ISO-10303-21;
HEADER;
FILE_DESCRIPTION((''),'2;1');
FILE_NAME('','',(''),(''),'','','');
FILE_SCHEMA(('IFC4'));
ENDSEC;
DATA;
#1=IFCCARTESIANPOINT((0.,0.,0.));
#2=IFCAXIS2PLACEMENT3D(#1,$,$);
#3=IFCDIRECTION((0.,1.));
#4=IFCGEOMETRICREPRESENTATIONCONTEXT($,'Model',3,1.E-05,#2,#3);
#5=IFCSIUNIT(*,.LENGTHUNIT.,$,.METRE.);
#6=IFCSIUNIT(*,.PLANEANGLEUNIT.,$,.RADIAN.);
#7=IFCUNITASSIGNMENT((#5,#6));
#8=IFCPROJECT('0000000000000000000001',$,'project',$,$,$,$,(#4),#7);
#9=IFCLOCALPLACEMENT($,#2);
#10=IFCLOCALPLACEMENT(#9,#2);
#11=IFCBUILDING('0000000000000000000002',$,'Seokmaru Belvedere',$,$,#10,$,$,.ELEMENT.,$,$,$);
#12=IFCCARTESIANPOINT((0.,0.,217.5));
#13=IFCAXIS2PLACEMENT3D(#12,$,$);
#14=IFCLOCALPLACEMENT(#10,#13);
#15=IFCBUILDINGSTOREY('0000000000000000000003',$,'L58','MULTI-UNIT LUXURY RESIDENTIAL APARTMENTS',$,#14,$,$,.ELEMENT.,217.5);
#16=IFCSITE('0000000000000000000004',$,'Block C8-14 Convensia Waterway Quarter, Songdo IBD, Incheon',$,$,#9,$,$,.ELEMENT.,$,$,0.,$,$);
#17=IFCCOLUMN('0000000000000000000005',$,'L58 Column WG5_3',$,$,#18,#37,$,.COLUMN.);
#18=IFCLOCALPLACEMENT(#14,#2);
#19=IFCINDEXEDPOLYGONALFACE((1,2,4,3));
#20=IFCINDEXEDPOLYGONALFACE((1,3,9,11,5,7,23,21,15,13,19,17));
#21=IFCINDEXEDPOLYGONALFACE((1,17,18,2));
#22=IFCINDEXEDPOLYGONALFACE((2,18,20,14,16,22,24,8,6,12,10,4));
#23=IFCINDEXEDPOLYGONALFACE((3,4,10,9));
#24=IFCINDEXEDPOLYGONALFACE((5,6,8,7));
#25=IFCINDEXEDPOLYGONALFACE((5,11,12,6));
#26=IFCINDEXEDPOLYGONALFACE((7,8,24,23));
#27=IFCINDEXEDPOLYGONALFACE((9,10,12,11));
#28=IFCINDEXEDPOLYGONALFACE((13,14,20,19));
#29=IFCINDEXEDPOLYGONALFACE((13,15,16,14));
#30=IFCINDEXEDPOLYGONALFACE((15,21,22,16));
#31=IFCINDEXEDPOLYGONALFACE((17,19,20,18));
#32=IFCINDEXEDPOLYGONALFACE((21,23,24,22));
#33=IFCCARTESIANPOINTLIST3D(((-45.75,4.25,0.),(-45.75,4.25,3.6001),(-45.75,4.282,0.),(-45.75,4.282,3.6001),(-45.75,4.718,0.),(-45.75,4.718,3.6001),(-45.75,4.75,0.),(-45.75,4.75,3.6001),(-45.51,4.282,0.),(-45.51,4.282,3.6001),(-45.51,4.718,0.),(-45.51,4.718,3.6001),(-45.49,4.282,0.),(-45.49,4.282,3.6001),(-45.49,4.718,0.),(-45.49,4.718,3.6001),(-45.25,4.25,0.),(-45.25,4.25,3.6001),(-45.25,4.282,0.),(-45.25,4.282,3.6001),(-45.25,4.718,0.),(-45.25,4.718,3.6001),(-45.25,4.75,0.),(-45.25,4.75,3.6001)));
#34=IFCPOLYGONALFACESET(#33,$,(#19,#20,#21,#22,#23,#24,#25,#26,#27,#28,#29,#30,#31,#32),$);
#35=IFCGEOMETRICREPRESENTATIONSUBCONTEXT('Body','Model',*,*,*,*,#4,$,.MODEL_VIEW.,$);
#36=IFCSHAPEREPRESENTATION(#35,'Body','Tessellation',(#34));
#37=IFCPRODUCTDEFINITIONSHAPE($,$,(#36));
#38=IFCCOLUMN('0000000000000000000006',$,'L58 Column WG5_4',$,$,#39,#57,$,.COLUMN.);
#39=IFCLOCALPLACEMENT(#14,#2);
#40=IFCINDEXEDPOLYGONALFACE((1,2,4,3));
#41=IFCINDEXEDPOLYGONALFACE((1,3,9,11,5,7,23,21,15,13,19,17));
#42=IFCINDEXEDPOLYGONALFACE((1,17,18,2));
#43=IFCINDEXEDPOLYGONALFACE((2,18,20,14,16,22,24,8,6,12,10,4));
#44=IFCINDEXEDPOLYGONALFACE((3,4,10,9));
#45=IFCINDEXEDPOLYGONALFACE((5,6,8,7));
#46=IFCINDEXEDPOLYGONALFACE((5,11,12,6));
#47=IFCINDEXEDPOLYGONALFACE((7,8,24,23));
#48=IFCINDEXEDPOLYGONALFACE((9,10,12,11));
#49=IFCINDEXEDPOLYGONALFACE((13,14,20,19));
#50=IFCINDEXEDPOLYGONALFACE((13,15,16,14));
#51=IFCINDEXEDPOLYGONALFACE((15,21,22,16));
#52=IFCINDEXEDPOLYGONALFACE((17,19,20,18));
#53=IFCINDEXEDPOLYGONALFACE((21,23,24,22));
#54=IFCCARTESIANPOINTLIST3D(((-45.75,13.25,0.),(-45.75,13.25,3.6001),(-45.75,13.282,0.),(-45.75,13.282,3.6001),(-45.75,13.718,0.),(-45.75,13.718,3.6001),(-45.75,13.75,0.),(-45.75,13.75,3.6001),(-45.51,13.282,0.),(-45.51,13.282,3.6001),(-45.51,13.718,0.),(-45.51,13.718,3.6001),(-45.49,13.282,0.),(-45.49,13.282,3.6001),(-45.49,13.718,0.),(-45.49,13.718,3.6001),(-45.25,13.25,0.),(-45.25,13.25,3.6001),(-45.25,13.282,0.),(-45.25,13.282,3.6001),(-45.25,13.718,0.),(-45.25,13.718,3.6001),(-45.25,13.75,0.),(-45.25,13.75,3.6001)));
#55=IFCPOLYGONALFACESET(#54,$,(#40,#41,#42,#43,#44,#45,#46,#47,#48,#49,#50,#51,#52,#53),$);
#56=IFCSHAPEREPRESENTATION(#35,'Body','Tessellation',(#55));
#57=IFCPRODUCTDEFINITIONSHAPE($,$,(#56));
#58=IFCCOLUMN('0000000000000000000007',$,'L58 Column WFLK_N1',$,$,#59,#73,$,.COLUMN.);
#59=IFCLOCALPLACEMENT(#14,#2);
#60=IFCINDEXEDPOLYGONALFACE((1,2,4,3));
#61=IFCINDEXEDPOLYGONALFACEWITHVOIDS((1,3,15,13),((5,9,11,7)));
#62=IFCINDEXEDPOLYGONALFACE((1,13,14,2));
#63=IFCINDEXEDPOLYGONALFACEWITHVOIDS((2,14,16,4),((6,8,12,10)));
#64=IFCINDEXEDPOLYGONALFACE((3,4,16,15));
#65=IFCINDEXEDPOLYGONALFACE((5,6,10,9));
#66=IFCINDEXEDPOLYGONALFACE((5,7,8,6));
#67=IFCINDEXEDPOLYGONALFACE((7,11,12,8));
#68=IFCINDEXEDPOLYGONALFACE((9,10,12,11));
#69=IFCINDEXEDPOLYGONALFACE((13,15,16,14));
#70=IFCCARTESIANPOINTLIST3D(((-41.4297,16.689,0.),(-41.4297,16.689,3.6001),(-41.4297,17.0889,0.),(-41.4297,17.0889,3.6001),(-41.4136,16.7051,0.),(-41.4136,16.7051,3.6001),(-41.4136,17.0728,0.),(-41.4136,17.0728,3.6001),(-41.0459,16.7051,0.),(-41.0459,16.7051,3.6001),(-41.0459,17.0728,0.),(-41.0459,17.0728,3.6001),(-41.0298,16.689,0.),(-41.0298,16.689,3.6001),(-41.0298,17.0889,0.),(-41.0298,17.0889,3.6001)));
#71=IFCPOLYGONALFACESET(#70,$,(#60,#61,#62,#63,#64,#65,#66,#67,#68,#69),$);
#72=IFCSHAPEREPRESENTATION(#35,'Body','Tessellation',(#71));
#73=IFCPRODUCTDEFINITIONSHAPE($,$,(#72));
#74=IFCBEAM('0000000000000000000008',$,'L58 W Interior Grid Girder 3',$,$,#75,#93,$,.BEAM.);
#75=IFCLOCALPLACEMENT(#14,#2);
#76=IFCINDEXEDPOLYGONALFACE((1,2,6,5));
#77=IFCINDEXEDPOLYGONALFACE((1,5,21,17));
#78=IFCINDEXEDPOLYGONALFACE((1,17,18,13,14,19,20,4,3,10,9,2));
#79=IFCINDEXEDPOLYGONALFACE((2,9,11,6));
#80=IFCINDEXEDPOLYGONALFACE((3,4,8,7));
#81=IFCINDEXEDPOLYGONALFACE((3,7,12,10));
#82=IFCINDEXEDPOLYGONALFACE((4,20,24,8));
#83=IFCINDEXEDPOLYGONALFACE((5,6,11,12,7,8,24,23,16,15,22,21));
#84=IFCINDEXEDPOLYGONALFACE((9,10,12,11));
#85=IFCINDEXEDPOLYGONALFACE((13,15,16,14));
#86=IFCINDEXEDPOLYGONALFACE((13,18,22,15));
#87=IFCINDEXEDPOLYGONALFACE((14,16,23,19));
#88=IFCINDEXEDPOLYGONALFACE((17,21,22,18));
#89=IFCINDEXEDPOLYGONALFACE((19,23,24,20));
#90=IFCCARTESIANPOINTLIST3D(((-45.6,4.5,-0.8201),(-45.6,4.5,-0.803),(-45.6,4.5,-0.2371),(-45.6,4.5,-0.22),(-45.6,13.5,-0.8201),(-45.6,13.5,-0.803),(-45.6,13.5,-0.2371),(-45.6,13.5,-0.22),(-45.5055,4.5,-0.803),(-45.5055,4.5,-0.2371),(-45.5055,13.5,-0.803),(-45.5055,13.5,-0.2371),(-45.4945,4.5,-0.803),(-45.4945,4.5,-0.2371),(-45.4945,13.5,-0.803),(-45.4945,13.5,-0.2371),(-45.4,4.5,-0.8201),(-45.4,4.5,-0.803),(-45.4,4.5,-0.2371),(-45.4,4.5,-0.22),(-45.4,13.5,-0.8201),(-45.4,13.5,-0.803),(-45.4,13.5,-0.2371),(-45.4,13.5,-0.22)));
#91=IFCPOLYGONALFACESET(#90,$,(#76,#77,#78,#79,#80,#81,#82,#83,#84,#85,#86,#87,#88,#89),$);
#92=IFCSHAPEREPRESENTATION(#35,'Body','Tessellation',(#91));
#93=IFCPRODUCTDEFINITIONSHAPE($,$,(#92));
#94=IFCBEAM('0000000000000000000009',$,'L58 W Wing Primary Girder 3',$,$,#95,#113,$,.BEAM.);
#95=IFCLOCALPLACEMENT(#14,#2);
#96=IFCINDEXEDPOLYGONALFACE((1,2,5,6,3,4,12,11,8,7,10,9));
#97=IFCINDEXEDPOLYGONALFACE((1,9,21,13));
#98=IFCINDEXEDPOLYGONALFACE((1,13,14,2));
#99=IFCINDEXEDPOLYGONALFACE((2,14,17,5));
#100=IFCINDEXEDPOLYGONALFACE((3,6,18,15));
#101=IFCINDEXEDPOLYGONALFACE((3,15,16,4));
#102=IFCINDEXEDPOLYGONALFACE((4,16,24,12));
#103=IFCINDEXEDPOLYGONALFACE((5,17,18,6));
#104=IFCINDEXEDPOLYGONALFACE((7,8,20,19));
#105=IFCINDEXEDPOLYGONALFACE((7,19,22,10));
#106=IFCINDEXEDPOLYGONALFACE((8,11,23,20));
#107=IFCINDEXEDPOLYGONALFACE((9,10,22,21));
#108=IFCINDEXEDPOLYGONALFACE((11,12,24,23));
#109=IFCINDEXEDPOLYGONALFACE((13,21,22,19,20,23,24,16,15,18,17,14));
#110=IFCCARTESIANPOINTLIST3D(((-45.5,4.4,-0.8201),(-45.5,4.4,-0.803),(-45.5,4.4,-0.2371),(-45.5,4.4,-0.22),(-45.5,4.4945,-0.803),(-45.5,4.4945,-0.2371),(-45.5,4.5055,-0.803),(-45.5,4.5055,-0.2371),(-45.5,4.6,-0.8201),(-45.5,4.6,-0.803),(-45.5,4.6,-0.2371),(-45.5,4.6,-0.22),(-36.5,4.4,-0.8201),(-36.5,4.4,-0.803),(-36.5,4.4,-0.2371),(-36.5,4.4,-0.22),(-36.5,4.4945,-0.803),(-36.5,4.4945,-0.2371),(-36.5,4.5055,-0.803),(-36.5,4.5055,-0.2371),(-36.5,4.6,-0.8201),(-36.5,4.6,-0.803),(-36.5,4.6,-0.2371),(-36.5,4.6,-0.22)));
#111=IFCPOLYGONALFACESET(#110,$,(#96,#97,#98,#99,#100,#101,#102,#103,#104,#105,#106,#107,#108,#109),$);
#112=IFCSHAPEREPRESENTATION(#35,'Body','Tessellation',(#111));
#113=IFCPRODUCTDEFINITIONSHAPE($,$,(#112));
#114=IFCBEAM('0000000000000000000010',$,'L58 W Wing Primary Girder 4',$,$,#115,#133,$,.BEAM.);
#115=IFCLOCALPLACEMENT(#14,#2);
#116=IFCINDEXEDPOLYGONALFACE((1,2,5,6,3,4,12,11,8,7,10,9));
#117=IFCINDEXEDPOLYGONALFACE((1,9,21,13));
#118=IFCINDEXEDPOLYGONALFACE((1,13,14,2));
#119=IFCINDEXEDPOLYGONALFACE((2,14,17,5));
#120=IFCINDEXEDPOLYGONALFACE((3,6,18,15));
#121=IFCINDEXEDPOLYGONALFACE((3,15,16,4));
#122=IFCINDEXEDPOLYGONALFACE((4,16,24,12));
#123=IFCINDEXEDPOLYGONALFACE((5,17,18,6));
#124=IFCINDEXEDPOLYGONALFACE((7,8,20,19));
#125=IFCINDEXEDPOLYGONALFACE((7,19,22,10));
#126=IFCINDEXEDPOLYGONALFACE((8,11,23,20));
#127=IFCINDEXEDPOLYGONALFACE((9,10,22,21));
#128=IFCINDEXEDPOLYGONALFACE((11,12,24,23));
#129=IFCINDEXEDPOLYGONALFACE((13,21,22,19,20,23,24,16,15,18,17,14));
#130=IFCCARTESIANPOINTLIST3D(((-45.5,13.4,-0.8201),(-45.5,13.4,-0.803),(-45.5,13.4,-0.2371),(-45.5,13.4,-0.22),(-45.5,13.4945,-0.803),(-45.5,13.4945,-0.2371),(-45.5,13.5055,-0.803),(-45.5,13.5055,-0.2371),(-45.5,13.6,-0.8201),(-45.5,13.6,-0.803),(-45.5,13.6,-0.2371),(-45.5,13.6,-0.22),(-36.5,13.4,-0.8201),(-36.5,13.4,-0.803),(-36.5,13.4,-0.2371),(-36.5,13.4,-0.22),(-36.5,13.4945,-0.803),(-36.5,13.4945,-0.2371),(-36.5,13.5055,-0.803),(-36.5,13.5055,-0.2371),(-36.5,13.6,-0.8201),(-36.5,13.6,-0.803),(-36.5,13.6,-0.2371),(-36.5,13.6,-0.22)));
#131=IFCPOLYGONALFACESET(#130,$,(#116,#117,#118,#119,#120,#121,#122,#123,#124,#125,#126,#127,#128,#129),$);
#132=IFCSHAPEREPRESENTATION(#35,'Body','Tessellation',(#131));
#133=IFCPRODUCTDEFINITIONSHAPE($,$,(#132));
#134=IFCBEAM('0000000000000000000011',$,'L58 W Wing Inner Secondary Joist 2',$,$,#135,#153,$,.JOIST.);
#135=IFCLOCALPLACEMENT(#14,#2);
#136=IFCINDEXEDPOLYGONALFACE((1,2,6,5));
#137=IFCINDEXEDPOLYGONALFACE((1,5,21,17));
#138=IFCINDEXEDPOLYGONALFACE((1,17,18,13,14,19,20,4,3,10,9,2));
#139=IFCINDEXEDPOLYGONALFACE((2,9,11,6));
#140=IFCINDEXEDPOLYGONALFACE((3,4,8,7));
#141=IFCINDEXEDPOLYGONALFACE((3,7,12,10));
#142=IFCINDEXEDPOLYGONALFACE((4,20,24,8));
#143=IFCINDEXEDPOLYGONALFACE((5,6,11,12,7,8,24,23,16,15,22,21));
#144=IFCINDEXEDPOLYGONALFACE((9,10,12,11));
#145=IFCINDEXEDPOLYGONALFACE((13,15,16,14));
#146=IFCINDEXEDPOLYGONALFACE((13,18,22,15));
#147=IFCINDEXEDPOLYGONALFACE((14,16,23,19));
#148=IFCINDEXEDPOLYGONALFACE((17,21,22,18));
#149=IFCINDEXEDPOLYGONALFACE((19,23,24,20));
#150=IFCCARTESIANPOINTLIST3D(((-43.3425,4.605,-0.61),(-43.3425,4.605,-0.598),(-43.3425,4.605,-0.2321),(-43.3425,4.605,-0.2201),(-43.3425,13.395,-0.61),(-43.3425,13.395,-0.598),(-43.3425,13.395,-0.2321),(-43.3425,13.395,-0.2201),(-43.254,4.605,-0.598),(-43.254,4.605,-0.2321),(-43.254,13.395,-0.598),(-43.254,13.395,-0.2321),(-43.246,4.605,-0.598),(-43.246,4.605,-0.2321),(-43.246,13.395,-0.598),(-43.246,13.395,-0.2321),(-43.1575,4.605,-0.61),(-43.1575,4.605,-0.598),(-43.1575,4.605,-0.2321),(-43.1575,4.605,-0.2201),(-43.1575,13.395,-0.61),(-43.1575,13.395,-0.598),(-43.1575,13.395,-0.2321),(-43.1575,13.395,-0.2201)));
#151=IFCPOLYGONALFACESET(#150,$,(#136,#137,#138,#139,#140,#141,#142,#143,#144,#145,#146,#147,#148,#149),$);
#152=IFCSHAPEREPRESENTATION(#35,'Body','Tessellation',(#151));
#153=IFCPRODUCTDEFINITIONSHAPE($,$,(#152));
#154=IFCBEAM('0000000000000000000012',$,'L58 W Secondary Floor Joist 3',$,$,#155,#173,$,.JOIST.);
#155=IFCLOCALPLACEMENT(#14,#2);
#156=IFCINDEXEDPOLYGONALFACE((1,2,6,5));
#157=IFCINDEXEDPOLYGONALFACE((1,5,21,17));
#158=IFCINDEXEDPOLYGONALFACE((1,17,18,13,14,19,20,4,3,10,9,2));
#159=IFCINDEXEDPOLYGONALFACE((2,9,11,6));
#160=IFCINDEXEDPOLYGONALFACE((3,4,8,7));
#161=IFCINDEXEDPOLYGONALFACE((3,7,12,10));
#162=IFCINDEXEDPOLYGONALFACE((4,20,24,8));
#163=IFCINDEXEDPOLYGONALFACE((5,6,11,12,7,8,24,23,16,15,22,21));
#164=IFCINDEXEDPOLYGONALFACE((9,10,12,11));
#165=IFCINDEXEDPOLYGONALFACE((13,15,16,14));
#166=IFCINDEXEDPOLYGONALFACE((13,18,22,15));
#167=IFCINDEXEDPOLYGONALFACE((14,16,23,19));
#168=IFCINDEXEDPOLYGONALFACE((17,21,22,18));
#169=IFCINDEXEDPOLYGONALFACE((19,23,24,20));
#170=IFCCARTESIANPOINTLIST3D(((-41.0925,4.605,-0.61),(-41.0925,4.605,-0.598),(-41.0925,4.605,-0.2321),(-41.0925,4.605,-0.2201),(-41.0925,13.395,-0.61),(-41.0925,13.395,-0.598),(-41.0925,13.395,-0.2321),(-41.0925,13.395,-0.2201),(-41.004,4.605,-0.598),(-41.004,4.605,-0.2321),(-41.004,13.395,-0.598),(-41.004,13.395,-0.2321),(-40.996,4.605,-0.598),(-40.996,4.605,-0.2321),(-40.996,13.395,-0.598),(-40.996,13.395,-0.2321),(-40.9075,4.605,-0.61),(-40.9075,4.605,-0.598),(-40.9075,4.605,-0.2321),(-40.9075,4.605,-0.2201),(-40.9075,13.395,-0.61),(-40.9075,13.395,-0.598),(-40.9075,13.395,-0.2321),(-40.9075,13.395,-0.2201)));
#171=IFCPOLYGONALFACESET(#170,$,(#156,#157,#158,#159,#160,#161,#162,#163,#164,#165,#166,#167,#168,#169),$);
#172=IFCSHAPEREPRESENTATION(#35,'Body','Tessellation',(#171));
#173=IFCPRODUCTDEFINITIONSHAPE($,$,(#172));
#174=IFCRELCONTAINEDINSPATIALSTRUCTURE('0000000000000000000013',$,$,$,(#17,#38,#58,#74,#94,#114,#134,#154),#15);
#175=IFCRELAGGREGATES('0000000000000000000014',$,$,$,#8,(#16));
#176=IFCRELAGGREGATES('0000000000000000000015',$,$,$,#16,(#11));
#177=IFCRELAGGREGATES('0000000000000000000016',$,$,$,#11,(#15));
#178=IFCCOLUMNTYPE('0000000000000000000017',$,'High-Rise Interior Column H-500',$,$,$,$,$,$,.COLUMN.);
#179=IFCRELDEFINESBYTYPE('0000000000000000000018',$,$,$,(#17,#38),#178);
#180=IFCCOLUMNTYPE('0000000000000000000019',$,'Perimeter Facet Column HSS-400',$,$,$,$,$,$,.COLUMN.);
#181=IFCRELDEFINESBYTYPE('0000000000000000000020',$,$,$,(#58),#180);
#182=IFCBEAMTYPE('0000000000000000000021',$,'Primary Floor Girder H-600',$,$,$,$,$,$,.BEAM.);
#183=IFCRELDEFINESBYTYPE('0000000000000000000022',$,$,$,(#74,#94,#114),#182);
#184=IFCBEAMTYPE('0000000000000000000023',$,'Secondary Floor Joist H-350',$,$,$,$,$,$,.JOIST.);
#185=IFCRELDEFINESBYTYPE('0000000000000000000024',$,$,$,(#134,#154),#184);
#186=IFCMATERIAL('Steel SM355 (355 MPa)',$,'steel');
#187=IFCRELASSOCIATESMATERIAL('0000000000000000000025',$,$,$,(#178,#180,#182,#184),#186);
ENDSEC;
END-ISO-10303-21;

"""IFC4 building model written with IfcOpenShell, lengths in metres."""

from ifc_helpers import new_model, si_unit, direction, frame, origin, origin_2d, place, context, subcontext, project, spatial, hollow_rectangle, i_section, extrude, source, transform, mapped, material, material_profile, profile_set, type_object, type_shapes, element, save


model = new_model("IFC4")

# Units and contexts
model_context = context("Model", 3, precision=1e-05, world=origin(), true_north=direction((0.0, 1.0)))
body_context = subcontext(model_context, "Body", "Model", "MODEL_VIEW")
ifc_project = project(units=[si_unit("LENGTHUNIT", "METRE"), si_unit("PLANEANGLEUNIT", "RADIAN")], contexts=[model_context])

# Site, building, storey
site_placement = place(None, origin())
site = spatial("IfcSite", under=ifc_project, at=site_placement, Name="Block C8-14 Convensia Waterway Quarter, Songdo IBD, Incheon", CompositionType="ELEMENT", RefElevation=0.0)
building_placement = place(site_placement, origin())
building = spatial("IfcBuilding", under=site, at=building_placement, Name="Seokmaru Belvedere", CompositionType="ELEMENT")
storey_placement = place(building_placement, frame((0.0, 0.0, 217.5)))
storey = spatial("IfcBuildingStorey", under=building, at=storey_placement, Name="L58", Description="MULTI-UNIT LUXURY RESIDENTIAL APARTMENTS", CompositionType="ELEMENT", Elevation=217.5)

# Columns
ifc_material_1 = material(Name="Steel SM355 (355 MPa)", Category="steel")
ifc_material_profile_1 = material_profile(ifc_material_1, i_section(OverallWidth=0.5, OverallDepth=0.5, WebThickness=0.02, FlangeThickness=0.032, at=origin_2d()), Name="H-500x500x20x32")
ifc_profile_set_1 = profile_set([ifc_material_profile_1], Name="Steel SM355 (355 MPa)")
column_type_1 = type_object("IfcColumnType", Name="High-Rise Interior Column H-500", PredefinedType="COLUMN", material=ifc_profile_set_1)
shared_shape_1 = source(origin(), body_context, "Body", "SweptSolid", [
    extrude(i_section(OverallWidth=0.5, OverallDepth=0.5, WebThickness=0.02, FlangeThickness=0.032, at=origin_2d()), origin(), (0.0, 0.0, 1.0), 3.6001),
])
type_shapes(column_type_1, [shared_shape_1])
for number, where, z_axis, x_axis, name in (
    (1, (-45.5, 4.5, 0.0), (0.0, 0.0, 1.0), (1.0, 0.0, 0.0), "L58 Column WG5_3"),
    (2, (-45.5, 13.5, 0.0), (0.0, 0.0, 1.0), (1.0, 0.0, 0.0), "L58 Column WG5_4"),
):
    element("IfcColumn", number, at=place(storey_placement, frame(where, z_axis=z_axis, x_axis=x_axis)), inside=storey, type_object=column_type_1, Name=name, PredefinedType="COLUMN", context=body_context, shape_type="MappedRepresentation", body=[
        mapped(shared_shape_1, transform((0.0, 0.0, 0.0), scale=1.0)),
    ])
ifc_material_profile_2 = material_profile(ifc_material_1, hollow_rectangle(XDim=0.3999, YDim=0.3999, WallThickness=0.0161, at=origin_2d()), Name="HSS-400x400x16")
ifc_profile_set_2 = profile_set([ifc_material_profile_2], Name="Steel SM355 (355 MPa)")
column_type_2 = type_object("IfcColumnType", Name="Perimeter Facet Column HSS-400", PredefinedType="COLUMN", material=ifc_profile_set_2)
shared_shape_2 = source(origin(), body_context, "Body", "SweptSolid", [
    extrude(hollow_rectangle(XDim=0.3999, YDim=0.3999, WallThickness=0.0161, at=origin_2d()), origin(), (0.0, 0.0, 1.0), 3.6001),
])
type_shapes(column_type_2, [shared_shape_2])
column_placement = place(storey_placement, frame((-41.2297, 16.8889, 0.0), z_axis=(0.0, 0.0, 1.0), x_axis=(1.0, 0.0, 0.0)))
element("IfcColumn", 3, at=column_placement, inside=storey, type_object=column_type_2, Name="L58 Column WFLK_N1", PredefinedType="COLUMN", context=body_context, shape_type="MappedRepresentation", body=[
    mapped(shared_shape_2, transform((0.0, 0.0, 0.0), scale=1.0)),
])

# Beams
ifc_material_profile_3 = material_profile(ifc_material_1, i_section(OverallWidth=0.2, OverallDepth=0.6001, WebThickness=0.011, FlangeThickness=0.0171, at=origin_2d()), Name="H-600x200x11x17")
ifc_profile_set_3 = profile_set([ifc_material_profile_3], Name="Steel SM355 (355 MPa)")
beam_type_1 = type_object("IfcBeamType", Name="Primary Floor Girder H-600", PredefinedType="BEAM", material=ifc_profile_set_3)
shared_shape_3 = source(origin(), body_context, "Body", "SweptSolid", [
    extrude(i_section(OverallWidth=0.2, OverallDepth=0.6001, WebThickness=0.011, FlangeThickness=0.0171, at=origin_2d()), origin(), (0.0, 0.0, 1.0), 9.0),
])
for number, where, z_axis, x_axis, name in (
    (4, (-45.5, 4.5, -0.52), (0.0, 1.0, 0.0), (-1.0, 0.0, 0.0), "L58 W Interior Grid Girder 3"),
    (5, (-45.5, 4.5, -0.52), (1.0, 0.0, 0.0), (0.0, 1.0, 0.0), "L58 W Wing Primary Girder 3"),
    (6, (-45.5, 13.5, -0.52), (1.0, 0.0, 0.0), (0.0, 1.0, 0.0), "L58 W Wing Primary Girder 4"),
):
    element("IfcBeam", number, at=place(storey_placement, frame(where, z_axis=z_axis, x_axis=x_axis)), inside=storey, type_object=beam_type_1, Name=name, PredefinedType="BEAM", context=body_context, shape_type="MappedRepresentation", body=[
        mapped(shared_shape_3, transform((0.0, 0.0, 0.0), scale=1.0)),
    ])
ifc_material_profile_4 = material_profile(ifc_material_1, i_section(OverallWidth=0.1851, OverallDepth=0.3899, WebThickness=0.0081, FlangeThickness=0.012, at=origin_2d()), Name="H-390x185x8x12")
ifc_profile_set_4 = profile_set([ifc_material_profile_4], Name="Steel SM355 (355 MPa)")
beam_type_2 = type_object("IfcBeamType", Name="Secondary Floor Joist H-350", PredefinedType="JOIST", material=ifc_profile_set_4)
shared_shape_4 = source(origin(), body_context, "Body", "SweptSolid", [
    extrude(i_section(OverallWidth=0.1851, OverallDepth=0.3899, WebThickness=0.0081, FlangeThickness=0.012, at=origin_2d()), origin(), (0.0, 0.0, 1.0), 8.79),
])
type_shapes(beam_type_2, [shared_shape_4])
for number, where, z_axis, x_axis, name in (
    (7, (-43.25, 4.605, -0.415), (0.0, 1.0, 0.0), (-1.0, 0.0, 0.0), "L58 W Wing Inner Secondary Joist 2"),
    (8, (-41.0, 4.605, -0.415), (0.0, 1.0, 0.0), (-1.0, 0.0, 0.0), "L58 W Secondary Floor Joist 3"),
):
    element("IfcBeam", number, at=place(storey_placement, frame(where, z_axis=z_axis, x_axis=x_axis)), inside=storey, type_object=beam_type_2, Name=name, PredefinedType="JOIST", context=body_context, shape_type="MappedRepresentation", body=[
        mapped(shared_shape_4, transform((0.0, 0.0, 0.0), scale=1.0)),
    ])

save(model, "model.ifc")
